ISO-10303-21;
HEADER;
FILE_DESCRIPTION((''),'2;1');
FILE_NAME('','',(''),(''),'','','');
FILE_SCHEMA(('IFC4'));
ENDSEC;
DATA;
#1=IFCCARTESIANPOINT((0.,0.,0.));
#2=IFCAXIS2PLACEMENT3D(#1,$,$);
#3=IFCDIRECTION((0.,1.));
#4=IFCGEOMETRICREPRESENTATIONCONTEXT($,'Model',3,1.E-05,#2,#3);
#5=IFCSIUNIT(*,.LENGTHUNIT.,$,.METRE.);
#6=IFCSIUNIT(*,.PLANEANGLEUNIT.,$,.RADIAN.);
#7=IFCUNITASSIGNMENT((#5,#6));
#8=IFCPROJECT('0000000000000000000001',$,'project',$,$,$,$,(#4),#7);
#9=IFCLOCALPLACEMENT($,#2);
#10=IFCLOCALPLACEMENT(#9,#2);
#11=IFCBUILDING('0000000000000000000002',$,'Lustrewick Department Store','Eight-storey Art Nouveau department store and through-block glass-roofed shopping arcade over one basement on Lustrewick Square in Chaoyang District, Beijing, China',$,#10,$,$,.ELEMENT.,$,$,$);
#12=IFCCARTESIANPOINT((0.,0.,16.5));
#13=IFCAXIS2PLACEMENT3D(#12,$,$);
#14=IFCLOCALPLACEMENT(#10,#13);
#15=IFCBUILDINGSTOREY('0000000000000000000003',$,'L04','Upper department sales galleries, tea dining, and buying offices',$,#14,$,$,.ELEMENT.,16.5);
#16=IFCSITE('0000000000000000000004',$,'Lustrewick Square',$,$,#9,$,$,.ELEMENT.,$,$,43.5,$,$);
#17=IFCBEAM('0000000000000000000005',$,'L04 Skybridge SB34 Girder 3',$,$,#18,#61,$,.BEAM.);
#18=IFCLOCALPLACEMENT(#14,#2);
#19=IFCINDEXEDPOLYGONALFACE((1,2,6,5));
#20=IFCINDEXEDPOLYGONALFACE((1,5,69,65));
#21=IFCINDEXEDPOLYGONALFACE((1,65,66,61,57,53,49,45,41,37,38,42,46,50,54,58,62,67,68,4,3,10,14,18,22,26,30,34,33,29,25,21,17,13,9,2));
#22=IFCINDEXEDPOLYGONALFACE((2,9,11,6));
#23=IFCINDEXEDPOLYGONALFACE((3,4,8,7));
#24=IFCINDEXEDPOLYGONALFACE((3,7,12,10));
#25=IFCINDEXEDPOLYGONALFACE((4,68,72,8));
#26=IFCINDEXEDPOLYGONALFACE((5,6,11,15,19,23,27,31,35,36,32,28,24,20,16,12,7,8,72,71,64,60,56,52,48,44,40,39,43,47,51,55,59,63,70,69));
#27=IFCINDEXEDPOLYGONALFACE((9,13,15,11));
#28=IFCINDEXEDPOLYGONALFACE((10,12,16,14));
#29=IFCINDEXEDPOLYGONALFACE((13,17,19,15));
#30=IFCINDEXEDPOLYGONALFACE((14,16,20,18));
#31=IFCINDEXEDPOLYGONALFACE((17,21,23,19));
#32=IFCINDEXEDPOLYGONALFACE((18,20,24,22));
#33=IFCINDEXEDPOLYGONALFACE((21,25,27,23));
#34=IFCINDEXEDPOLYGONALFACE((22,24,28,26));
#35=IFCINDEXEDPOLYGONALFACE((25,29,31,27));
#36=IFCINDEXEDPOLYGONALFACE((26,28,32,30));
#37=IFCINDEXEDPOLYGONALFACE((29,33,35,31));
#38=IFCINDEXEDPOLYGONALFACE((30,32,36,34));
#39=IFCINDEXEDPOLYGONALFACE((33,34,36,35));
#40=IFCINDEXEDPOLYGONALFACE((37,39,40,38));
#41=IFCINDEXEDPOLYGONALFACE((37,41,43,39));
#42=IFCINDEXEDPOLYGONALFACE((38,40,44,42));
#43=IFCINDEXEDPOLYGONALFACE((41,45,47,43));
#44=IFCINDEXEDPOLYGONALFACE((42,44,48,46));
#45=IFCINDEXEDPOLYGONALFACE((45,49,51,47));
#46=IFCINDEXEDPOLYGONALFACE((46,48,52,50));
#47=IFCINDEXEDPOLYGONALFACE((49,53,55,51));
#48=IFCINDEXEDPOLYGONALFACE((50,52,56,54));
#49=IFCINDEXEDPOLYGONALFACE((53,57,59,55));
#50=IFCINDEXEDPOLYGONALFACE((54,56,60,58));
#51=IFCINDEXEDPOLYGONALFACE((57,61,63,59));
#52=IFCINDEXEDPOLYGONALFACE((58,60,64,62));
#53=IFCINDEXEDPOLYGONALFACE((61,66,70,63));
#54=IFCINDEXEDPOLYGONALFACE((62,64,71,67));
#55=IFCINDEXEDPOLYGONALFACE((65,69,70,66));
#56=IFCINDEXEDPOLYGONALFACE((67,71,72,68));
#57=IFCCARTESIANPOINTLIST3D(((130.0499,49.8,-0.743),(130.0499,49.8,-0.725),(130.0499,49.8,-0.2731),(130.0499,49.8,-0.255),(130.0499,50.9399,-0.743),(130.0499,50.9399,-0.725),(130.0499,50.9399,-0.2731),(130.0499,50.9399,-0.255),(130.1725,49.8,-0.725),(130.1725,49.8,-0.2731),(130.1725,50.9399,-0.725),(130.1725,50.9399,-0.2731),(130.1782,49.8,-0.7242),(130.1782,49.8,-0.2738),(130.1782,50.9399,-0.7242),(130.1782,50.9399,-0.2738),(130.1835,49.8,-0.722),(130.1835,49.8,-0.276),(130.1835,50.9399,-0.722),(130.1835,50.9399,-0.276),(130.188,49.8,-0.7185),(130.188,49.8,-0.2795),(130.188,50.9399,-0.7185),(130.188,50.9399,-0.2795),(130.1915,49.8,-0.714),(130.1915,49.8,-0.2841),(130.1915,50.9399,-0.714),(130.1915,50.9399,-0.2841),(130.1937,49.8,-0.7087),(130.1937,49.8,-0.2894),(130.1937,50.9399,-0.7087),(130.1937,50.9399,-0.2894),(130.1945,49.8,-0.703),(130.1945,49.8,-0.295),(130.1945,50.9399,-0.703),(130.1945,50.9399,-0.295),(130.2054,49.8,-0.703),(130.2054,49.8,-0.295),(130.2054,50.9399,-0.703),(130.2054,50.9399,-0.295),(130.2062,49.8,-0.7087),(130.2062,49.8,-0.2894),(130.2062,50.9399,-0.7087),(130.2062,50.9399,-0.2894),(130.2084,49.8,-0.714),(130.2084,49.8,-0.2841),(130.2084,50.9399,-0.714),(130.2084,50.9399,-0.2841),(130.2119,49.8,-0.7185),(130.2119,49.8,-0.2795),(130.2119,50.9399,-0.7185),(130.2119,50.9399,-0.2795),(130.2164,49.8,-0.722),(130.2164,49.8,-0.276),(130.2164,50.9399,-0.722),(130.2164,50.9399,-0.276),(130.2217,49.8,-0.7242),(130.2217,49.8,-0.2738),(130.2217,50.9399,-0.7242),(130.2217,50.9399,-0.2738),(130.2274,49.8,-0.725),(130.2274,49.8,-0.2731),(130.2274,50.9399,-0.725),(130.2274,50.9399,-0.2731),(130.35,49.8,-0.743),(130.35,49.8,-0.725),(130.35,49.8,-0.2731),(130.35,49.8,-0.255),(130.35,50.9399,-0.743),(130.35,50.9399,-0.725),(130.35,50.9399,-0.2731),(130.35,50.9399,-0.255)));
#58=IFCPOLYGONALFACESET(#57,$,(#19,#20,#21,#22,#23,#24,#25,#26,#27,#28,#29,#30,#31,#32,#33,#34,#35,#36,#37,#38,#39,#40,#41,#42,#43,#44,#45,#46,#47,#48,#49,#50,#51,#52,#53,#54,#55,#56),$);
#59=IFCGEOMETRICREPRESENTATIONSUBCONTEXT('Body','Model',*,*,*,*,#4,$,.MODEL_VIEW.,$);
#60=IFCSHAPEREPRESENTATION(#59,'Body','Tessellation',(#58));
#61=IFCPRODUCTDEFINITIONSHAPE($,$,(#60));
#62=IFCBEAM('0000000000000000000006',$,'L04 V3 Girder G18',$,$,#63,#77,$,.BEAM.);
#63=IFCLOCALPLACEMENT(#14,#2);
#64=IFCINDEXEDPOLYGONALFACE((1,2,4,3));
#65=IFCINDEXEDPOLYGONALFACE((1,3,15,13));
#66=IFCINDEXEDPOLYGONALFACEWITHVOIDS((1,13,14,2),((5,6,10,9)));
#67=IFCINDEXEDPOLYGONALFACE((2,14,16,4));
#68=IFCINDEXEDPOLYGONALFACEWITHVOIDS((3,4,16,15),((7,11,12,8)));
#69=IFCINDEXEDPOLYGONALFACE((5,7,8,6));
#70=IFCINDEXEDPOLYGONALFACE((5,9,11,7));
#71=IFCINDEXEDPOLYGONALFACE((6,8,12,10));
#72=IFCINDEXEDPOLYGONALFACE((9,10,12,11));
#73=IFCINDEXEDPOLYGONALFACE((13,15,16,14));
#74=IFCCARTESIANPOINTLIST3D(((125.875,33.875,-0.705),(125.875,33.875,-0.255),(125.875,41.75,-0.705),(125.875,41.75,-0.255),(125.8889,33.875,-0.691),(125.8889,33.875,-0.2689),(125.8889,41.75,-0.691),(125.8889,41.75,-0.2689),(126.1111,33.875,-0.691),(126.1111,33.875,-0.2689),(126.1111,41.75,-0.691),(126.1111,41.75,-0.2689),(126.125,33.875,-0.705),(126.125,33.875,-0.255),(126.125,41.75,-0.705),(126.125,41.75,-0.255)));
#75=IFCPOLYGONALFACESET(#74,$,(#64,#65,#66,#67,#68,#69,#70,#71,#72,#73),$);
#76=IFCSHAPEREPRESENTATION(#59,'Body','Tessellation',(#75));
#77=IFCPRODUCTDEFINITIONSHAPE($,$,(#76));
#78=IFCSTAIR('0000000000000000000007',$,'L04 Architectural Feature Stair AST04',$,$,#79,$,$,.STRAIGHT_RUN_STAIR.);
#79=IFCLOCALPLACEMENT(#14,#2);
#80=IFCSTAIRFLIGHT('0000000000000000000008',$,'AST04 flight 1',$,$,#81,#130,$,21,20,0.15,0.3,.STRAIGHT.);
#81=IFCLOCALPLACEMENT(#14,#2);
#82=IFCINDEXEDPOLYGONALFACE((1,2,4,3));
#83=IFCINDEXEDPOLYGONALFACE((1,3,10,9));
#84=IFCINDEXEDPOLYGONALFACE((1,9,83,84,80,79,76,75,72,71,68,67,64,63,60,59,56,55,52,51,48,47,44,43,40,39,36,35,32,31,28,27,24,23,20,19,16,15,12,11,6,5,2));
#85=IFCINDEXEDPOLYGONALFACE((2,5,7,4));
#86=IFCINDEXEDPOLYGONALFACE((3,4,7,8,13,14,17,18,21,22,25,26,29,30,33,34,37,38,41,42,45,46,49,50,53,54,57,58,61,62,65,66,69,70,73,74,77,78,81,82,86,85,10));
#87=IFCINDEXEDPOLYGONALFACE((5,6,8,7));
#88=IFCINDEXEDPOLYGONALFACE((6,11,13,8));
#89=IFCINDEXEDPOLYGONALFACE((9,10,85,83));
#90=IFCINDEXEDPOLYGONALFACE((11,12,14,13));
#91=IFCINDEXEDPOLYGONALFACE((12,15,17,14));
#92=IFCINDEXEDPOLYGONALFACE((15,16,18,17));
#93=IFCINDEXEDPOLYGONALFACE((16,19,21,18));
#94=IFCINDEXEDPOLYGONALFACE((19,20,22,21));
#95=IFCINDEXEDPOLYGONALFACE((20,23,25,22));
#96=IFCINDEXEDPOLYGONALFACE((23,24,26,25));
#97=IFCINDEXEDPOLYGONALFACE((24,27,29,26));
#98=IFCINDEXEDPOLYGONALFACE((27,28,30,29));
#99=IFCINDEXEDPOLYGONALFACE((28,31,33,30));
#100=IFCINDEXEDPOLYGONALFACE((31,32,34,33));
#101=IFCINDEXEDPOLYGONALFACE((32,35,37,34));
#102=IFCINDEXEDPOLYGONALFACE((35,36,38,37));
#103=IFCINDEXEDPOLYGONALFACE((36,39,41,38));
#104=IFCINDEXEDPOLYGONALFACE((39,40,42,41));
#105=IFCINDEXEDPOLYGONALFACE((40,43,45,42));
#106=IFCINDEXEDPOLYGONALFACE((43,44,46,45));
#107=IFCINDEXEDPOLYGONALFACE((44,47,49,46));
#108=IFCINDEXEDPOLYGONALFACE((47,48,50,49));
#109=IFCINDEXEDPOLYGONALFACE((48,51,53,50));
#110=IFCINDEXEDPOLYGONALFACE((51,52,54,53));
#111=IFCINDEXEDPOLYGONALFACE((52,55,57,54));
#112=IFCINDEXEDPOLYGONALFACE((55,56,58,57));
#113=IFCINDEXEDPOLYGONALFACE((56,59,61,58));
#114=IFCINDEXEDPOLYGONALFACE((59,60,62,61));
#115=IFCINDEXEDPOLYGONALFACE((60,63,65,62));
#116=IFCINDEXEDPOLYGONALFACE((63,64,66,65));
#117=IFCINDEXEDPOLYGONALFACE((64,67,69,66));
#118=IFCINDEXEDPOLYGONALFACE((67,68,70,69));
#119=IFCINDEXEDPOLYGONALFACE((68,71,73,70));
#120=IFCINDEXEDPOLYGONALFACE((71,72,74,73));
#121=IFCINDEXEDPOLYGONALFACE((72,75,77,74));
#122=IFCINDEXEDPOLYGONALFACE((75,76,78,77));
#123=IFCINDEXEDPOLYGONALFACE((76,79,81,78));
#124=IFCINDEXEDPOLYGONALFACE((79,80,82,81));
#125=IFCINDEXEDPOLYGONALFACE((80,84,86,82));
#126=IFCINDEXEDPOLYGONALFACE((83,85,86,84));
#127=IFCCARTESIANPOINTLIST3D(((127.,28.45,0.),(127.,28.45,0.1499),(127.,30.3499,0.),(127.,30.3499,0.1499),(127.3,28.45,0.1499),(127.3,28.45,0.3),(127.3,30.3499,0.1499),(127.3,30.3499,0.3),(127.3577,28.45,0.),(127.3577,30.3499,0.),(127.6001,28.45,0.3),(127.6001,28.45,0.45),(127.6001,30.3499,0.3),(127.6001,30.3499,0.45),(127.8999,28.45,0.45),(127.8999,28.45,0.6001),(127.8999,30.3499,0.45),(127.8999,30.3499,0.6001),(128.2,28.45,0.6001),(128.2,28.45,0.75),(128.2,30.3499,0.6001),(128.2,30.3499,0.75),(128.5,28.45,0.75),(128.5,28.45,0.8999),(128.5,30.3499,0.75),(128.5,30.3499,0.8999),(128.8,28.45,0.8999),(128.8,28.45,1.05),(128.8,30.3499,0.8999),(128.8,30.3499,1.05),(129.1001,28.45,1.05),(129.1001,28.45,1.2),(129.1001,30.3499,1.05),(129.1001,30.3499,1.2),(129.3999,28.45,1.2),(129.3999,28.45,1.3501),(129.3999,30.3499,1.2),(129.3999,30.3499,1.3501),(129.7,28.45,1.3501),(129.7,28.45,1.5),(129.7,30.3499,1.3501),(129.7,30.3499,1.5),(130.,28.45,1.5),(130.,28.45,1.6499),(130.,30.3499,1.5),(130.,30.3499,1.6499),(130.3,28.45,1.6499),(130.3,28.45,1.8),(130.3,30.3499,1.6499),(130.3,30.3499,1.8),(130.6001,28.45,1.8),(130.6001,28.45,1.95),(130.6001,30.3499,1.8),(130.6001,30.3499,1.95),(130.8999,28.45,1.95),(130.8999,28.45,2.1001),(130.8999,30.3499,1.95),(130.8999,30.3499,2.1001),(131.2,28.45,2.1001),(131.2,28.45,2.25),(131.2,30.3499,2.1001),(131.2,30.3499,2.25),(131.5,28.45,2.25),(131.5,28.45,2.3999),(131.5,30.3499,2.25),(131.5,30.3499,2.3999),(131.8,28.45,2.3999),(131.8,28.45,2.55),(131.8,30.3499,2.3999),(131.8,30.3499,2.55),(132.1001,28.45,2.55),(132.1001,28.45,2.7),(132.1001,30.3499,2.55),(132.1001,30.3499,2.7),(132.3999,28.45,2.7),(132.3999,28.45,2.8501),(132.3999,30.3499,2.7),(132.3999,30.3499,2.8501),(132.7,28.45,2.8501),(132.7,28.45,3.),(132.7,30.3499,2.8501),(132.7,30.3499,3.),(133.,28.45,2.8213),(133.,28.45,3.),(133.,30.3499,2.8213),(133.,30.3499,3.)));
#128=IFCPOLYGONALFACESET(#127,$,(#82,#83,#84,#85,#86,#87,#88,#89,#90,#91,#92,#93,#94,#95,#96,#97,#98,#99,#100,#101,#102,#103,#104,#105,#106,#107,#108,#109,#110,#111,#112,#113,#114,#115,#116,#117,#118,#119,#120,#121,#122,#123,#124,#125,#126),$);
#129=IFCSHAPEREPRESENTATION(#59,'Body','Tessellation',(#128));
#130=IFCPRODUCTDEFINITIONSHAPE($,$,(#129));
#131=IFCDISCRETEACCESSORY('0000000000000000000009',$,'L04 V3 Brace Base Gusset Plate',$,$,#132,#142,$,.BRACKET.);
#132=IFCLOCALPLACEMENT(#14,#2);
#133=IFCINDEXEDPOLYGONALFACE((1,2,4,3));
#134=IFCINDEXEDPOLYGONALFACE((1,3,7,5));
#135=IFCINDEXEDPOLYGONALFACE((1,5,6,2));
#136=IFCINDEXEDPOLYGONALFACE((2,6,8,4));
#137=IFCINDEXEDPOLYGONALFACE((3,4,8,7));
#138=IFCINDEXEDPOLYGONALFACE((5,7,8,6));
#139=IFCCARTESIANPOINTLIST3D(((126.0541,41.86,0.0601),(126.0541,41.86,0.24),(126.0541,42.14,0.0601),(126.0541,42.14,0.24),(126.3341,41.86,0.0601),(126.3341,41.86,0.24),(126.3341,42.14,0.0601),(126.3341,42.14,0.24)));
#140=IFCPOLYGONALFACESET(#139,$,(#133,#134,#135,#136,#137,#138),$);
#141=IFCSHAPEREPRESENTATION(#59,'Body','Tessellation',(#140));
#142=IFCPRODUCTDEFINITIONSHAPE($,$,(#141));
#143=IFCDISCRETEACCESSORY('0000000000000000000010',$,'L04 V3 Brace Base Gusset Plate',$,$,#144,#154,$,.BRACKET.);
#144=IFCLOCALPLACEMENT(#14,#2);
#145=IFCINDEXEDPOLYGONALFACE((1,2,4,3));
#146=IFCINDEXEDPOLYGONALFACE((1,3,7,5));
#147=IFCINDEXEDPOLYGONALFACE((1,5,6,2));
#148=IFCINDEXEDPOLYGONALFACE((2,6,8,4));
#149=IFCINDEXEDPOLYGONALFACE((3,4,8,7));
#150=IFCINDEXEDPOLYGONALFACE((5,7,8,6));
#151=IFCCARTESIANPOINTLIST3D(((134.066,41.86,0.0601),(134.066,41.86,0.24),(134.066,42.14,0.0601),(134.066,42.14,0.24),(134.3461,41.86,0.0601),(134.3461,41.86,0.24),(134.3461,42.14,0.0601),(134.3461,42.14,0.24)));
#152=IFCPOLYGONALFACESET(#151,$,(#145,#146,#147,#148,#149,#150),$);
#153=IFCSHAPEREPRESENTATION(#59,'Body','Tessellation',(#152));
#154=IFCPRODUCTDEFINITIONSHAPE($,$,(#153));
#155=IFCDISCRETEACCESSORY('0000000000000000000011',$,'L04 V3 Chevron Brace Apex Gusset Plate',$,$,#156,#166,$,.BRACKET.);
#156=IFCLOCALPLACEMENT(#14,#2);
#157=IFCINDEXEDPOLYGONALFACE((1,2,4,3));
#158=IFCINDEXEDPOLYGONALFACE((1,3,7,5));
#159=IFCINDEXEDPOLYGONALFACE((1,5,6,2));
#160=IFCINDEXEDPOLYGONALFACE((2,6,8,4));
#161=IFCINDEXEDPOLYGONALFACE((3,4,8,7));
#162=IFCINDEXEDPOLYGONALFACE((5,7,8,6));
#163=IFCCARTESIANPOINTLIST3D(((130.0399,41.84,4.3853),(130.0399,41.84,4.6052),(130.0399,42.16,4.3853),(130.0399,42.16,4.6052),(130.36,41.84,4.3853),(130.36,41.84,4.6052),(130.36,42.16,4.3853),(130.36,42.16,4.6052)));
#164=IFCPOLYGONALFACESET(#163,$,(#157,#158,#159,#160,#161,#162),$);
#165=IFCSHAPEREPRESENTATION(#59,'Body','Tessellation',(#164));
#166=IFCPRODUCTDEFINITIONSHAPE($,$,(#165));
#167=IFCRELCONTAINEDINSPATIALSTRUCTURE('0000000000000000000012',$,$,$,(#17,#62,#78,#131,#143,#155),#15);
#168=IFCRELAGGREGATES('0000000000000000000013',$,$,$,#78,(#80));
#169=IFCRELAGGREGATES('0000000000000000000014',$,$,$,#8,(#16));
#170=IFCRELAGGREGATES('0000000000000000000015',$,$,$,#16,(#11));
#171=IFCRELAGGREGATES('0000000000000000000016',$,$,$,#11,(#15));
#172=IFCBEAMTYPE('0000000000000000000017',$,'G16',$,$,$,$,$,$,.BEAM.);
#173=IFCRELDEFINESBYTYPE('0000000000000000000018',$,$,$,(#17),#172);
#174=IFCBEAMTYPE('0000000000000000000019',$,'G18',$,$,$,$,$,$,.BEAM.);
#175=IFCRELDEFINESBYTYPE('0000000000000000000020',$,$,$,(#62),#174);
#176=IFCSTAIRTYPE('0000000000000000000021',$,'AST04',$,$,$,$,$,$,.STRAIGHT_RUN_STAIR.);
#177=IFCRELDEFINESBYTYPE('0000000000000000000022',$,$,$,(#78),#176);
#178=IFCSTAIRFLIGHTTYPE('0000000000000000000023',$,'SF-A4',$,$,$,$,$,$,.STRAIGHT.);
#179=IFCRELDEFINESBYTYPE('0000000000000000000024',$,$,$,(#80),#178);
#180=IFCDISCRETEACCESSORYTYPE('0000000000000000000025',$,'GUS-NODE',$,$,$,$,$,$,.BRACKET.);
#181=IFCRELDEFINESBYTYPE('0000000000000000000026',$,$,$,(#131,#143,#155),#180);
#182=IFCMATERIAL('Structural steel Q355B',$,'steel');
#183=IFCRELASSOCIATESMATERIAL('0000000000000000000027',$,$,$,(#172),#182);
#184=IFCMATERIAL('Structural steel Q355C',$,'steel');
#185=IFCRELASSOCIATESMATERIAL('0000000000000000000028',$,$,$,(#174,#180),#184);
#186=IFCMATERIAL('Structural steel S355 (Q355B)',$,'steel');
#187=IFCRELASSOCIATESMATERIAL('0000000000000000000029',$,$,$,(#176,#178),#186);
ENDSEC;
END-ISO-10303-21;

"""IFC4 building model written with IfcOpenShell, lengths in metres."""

from ifc_helpers import new_model, si_unit, direction, frame, origin, origin_2d, place, context, subcontext, project, spatial, polyline, rectangle, hollow_rectangle, i_section, outline, extrude, material, material_profile, profile_set, type_object, element, aggregate, save


model = new_model("IFC4")

# Units and contexts
model_context = context("Model", 3, precision=1e-05, world=origin(), true_north=direction((0.0, 1.0)))
body_context = subcontext(model_context, "Body", "Model", "MODEL_VIEW")
ifc_project = project(units=[si_unit("LENGTHUNIT", "METRE"), si_unit("PLANEANGLEUNIT", "RADIAN")], contexts=[model_context])

# Site, building, storey
site_placement = place(None, origin())
site = spatial("IfcSite", under=ifc_project, at=site_placement, Name="Lustrewick Square", CompositionType="ELEMENT", RefElevation=43.5)
building_placement = place(site_placement, origin())
building = spatial("IfcBuilding", under=site, at=building_placement, Name="Lustrewick Department Store", Description="Eight-storey Art Nouveau department store and through-block glass-roofed shopping arcade over one basement on Lustrewick Square in Chaoyang District, Beijing, China", CompositionType="ELEMENT")
storey_placement = place(building_placement, frame((0.0, 0.0, 16.5)))
storey = spatial("IfcBuildingStorey", under=building, at=storey_placement, Name="L04", Description="Upper department sales galleries, tea dining, and buying offices", CompositionType="ELEMENT", Elevation=16.5)

# Shared definitions
ifc_material_1 = material(Name="Structural steel Q355B", Category="steel")

# Beams
ifc_material_2 = material(Name="Structural steel Q355C", Category="steel")
ifc_material_profile_1 = material_profile(ifc_material_1, i_section(OverallWidth=0.3, OverallDepth=0.488, WebThickness=0.011, FlangeThickness=0.0181, FilletRadius=0.022, at=origin_2d()), Name="HM 488x300x11x18")
ifc_profile_set_1 = profile_set([ifc_material_profile_1], Name="Structural steel Q355B")
beam_type_1 = type_object("IfcBeamType", Name="G16", PredefinedType="BEAM", material=ifc_profile_set_1)
for number, where, z_axis, x_axis, name in (
    (1, (130.2, 49.8, -0.499), (0.0, 1.0, 0.0), (-1.0, 0.0, 0.0), "L04 Skybridge SB34 Girder 3"),
):
    element("IfcBeam", number, at=place(storey_placement, frame(where, z_axis=z_axis, x_axis=x_axis)), inside=storey, type_object=beam_type_1, Name=name, PredefinedType="BEAM", context=body_context, shape_type="SweptSolid", body=[
        extrude(i_section(OverallWidth=0.3, OverallDepth=0.488, WebThickness=0.011, FlangeThickness=0.0181, FilletRadius=0.022, at=origin_2d()), origin(), (0.0, 0.0, 1.0), 1.1399),
    ])
ifc_material_profile_2 = material_profile(ifc_material_2, hollow_rectangle(XDim=0.25, YDim=0.45, WallThickness=0.0139, at=origin_2d()), Name="RHS 450x250x14")
ifc_profile_set_2 = profile_set([ifc_material_profile_2], Name="Structural steel Q355C")
beam_type_2 = type_object("IfcBeamType", Name="G18", PredefinedType="BEAM", material=ifc_profile_set_2)
beam_1_placement = place(storey_placement, frame((126.0, 33.875, -0.48), z_axis=(0.0, 1.0, 0.0), x_axis=(-1.0, 0.0, 0.0)))
element("IfcBeam", 2, at=beam_1_placement, inside=storey, type_object=beam_type_2, Name="L04 V3 Girder G18", PredefinedType="BEAM", context=body_context, shape_type="SweptSolid", body=[
    extrude(hollow_rectangle(XDim=0.25, YDim=0.45, WallThickness=0.0139, at=origin_2d()), origin(), (0.0, 0.0, 1.0), 7.875),
])

# Stair, stair flight
ifc_material_3 = material(Name="Structural steel S355 (Q355B)", Category="steel")
stair_type = type_object("IfcStairType", Name="AST04", PredefinedType="STRAIGHT_RUN_STAIR", material=ifc_material_3)
stair_placement = place(storey_placement, origin())
stair = element("IfcStair", 3, at=stair_placement, inside=storey, type_object=stair_type, Name="L04 Architectural Feature Stair AST04", PredefinedType="STRAIGHT_RUN_STAIR")
stair_flight_type = type_object("IfcStairFlightType", Name="SF-A4", PredefinedType="STRAIGHT", material=ifc_material_3)
stair_flight_placement = place(storey_placement, frame((127.0, 29.3999, 0.0), z_axis=(0.0, 0.0, 1.0), x_axis=(1.0, 0.0, 0.0)))
stair_flight = element("IfcStairFlight", 4, at=stair_flight_placement, type_object=stair_flight_type, Name="AST04 flight 1", NumberOfRisers=21, NumberOfTreads=20, PredefinedType="STRAIGHT", RiserHeight=0.15, TreadLength=0.3, context=body_context, shape_type="SweptSolid", body=[
    extrude(outline(polyline([(0.0, 0.0), (0.0, 0.1499), (0.3, 0.1499), (0.3, 0.3), (0.6001, 0.3), (0.6001, 0.45), (0.8999, 0.45), (0.8999, 0.6001), (1.2, 0.6001), (1.2, 0.75), (1.5, 0.75), (1.5, 0.8999), (1.8, 0.8999), (1.8, 1.05), (2.1001, 1.05), (2.1001, 1.2), (2.3999, 1.2), (2.3999, 1.3501), (2.7, 1.3501), (2.7, 1.5), (3.0, 1.5), (3.0, 1.6499), (3.3, 1.6499), (3.3, 1.8), (3.6001, 1.8), (3.6001, 1.95), (3.8999, 1.95), (3.8999, 2.1001), (4.2, 2.1001), (4.2, 2.25), (4.5, 2.25), (4.5, 2.3999), (4.8, 2.3999), (4.8, 2.55), (5.1001, 2.55), (5.1001, 2.7), (5.3999, 2.7), (5.3999, 2.8501), (5.7, 2.8501), (5.7, 3.0), (6.0, 3.0), (6.0, 3.1499), (6.0, 2.8213), (0.3577, 0.0), (0.0, 0.0)])), frame((0.0, 0.95, 0.0), z_axis=(0.0, -1.0, 0.0), x_axis=(1.0, 0.0, 0.0)), (0.0, 0.0, 1.0), 1.8999),
])
aggregate(stair, [stair_flight])

# Discrete accessories
discrete_accessory_type = type_object("IfcDiscreteAccessoryType", Name="GUS-NODE", PredefinedType="BRACKET", material=ifc_material_2)
for number, where, z_axis, x_axis, name in (
    (5, (126.1941, 42.0, 0.0601), (0.0, 0.0, 1.0), (1.0, 0.0, 0.0), "L04 V3 Brace Base Gusset Plate"),
    (6, (134.2061, 42.0, 0.0601), (0.0, 0.0, 1.0), (1.0, 0.0, 0.0), "L04 V3 Brace Base Gusset Plate"),
):
    element("IfcDiscreteAccessory", number, at=place(storey_placement, frame(where, z_axis=z_axis, x_axis=x_axis)), inside=storey, type_object=discrete_accessory_type, Name=name, PredefinedType="BRACKET", context=body_context, shape_type="SweptSolid", body=[
        extrude(rectangle(XDim=0.28, YDim=0.28, at=origin_2d()), origin(), (0.0, 0.0, 1.0), 0.1799),
    ])
discrete_accessory_placement = place(storey_placement, frame((130.2, 42.0, 4.3853), z_axis=(0.0, 0.0, 1.0), x_axis=(1.0, 0.0, 0.0)))
element("IfcDiscreteAccessory", 7, at=discrete_accessory_placement, inside=storey, type_object=discrete_accessory_type, Name="L04 V3 Chevron Brace Apex Gusset Plate", PredefinedType="BRACKET", context=body_context, shape_type="SweptSolid", body=[
    extrude(rectangle(XDim=0.3201, YDim=0.3201, at=origin_2d()), origin(), (0.0, 0.0, 1.0), 0.22),
])

save(model, "model.ifc")
